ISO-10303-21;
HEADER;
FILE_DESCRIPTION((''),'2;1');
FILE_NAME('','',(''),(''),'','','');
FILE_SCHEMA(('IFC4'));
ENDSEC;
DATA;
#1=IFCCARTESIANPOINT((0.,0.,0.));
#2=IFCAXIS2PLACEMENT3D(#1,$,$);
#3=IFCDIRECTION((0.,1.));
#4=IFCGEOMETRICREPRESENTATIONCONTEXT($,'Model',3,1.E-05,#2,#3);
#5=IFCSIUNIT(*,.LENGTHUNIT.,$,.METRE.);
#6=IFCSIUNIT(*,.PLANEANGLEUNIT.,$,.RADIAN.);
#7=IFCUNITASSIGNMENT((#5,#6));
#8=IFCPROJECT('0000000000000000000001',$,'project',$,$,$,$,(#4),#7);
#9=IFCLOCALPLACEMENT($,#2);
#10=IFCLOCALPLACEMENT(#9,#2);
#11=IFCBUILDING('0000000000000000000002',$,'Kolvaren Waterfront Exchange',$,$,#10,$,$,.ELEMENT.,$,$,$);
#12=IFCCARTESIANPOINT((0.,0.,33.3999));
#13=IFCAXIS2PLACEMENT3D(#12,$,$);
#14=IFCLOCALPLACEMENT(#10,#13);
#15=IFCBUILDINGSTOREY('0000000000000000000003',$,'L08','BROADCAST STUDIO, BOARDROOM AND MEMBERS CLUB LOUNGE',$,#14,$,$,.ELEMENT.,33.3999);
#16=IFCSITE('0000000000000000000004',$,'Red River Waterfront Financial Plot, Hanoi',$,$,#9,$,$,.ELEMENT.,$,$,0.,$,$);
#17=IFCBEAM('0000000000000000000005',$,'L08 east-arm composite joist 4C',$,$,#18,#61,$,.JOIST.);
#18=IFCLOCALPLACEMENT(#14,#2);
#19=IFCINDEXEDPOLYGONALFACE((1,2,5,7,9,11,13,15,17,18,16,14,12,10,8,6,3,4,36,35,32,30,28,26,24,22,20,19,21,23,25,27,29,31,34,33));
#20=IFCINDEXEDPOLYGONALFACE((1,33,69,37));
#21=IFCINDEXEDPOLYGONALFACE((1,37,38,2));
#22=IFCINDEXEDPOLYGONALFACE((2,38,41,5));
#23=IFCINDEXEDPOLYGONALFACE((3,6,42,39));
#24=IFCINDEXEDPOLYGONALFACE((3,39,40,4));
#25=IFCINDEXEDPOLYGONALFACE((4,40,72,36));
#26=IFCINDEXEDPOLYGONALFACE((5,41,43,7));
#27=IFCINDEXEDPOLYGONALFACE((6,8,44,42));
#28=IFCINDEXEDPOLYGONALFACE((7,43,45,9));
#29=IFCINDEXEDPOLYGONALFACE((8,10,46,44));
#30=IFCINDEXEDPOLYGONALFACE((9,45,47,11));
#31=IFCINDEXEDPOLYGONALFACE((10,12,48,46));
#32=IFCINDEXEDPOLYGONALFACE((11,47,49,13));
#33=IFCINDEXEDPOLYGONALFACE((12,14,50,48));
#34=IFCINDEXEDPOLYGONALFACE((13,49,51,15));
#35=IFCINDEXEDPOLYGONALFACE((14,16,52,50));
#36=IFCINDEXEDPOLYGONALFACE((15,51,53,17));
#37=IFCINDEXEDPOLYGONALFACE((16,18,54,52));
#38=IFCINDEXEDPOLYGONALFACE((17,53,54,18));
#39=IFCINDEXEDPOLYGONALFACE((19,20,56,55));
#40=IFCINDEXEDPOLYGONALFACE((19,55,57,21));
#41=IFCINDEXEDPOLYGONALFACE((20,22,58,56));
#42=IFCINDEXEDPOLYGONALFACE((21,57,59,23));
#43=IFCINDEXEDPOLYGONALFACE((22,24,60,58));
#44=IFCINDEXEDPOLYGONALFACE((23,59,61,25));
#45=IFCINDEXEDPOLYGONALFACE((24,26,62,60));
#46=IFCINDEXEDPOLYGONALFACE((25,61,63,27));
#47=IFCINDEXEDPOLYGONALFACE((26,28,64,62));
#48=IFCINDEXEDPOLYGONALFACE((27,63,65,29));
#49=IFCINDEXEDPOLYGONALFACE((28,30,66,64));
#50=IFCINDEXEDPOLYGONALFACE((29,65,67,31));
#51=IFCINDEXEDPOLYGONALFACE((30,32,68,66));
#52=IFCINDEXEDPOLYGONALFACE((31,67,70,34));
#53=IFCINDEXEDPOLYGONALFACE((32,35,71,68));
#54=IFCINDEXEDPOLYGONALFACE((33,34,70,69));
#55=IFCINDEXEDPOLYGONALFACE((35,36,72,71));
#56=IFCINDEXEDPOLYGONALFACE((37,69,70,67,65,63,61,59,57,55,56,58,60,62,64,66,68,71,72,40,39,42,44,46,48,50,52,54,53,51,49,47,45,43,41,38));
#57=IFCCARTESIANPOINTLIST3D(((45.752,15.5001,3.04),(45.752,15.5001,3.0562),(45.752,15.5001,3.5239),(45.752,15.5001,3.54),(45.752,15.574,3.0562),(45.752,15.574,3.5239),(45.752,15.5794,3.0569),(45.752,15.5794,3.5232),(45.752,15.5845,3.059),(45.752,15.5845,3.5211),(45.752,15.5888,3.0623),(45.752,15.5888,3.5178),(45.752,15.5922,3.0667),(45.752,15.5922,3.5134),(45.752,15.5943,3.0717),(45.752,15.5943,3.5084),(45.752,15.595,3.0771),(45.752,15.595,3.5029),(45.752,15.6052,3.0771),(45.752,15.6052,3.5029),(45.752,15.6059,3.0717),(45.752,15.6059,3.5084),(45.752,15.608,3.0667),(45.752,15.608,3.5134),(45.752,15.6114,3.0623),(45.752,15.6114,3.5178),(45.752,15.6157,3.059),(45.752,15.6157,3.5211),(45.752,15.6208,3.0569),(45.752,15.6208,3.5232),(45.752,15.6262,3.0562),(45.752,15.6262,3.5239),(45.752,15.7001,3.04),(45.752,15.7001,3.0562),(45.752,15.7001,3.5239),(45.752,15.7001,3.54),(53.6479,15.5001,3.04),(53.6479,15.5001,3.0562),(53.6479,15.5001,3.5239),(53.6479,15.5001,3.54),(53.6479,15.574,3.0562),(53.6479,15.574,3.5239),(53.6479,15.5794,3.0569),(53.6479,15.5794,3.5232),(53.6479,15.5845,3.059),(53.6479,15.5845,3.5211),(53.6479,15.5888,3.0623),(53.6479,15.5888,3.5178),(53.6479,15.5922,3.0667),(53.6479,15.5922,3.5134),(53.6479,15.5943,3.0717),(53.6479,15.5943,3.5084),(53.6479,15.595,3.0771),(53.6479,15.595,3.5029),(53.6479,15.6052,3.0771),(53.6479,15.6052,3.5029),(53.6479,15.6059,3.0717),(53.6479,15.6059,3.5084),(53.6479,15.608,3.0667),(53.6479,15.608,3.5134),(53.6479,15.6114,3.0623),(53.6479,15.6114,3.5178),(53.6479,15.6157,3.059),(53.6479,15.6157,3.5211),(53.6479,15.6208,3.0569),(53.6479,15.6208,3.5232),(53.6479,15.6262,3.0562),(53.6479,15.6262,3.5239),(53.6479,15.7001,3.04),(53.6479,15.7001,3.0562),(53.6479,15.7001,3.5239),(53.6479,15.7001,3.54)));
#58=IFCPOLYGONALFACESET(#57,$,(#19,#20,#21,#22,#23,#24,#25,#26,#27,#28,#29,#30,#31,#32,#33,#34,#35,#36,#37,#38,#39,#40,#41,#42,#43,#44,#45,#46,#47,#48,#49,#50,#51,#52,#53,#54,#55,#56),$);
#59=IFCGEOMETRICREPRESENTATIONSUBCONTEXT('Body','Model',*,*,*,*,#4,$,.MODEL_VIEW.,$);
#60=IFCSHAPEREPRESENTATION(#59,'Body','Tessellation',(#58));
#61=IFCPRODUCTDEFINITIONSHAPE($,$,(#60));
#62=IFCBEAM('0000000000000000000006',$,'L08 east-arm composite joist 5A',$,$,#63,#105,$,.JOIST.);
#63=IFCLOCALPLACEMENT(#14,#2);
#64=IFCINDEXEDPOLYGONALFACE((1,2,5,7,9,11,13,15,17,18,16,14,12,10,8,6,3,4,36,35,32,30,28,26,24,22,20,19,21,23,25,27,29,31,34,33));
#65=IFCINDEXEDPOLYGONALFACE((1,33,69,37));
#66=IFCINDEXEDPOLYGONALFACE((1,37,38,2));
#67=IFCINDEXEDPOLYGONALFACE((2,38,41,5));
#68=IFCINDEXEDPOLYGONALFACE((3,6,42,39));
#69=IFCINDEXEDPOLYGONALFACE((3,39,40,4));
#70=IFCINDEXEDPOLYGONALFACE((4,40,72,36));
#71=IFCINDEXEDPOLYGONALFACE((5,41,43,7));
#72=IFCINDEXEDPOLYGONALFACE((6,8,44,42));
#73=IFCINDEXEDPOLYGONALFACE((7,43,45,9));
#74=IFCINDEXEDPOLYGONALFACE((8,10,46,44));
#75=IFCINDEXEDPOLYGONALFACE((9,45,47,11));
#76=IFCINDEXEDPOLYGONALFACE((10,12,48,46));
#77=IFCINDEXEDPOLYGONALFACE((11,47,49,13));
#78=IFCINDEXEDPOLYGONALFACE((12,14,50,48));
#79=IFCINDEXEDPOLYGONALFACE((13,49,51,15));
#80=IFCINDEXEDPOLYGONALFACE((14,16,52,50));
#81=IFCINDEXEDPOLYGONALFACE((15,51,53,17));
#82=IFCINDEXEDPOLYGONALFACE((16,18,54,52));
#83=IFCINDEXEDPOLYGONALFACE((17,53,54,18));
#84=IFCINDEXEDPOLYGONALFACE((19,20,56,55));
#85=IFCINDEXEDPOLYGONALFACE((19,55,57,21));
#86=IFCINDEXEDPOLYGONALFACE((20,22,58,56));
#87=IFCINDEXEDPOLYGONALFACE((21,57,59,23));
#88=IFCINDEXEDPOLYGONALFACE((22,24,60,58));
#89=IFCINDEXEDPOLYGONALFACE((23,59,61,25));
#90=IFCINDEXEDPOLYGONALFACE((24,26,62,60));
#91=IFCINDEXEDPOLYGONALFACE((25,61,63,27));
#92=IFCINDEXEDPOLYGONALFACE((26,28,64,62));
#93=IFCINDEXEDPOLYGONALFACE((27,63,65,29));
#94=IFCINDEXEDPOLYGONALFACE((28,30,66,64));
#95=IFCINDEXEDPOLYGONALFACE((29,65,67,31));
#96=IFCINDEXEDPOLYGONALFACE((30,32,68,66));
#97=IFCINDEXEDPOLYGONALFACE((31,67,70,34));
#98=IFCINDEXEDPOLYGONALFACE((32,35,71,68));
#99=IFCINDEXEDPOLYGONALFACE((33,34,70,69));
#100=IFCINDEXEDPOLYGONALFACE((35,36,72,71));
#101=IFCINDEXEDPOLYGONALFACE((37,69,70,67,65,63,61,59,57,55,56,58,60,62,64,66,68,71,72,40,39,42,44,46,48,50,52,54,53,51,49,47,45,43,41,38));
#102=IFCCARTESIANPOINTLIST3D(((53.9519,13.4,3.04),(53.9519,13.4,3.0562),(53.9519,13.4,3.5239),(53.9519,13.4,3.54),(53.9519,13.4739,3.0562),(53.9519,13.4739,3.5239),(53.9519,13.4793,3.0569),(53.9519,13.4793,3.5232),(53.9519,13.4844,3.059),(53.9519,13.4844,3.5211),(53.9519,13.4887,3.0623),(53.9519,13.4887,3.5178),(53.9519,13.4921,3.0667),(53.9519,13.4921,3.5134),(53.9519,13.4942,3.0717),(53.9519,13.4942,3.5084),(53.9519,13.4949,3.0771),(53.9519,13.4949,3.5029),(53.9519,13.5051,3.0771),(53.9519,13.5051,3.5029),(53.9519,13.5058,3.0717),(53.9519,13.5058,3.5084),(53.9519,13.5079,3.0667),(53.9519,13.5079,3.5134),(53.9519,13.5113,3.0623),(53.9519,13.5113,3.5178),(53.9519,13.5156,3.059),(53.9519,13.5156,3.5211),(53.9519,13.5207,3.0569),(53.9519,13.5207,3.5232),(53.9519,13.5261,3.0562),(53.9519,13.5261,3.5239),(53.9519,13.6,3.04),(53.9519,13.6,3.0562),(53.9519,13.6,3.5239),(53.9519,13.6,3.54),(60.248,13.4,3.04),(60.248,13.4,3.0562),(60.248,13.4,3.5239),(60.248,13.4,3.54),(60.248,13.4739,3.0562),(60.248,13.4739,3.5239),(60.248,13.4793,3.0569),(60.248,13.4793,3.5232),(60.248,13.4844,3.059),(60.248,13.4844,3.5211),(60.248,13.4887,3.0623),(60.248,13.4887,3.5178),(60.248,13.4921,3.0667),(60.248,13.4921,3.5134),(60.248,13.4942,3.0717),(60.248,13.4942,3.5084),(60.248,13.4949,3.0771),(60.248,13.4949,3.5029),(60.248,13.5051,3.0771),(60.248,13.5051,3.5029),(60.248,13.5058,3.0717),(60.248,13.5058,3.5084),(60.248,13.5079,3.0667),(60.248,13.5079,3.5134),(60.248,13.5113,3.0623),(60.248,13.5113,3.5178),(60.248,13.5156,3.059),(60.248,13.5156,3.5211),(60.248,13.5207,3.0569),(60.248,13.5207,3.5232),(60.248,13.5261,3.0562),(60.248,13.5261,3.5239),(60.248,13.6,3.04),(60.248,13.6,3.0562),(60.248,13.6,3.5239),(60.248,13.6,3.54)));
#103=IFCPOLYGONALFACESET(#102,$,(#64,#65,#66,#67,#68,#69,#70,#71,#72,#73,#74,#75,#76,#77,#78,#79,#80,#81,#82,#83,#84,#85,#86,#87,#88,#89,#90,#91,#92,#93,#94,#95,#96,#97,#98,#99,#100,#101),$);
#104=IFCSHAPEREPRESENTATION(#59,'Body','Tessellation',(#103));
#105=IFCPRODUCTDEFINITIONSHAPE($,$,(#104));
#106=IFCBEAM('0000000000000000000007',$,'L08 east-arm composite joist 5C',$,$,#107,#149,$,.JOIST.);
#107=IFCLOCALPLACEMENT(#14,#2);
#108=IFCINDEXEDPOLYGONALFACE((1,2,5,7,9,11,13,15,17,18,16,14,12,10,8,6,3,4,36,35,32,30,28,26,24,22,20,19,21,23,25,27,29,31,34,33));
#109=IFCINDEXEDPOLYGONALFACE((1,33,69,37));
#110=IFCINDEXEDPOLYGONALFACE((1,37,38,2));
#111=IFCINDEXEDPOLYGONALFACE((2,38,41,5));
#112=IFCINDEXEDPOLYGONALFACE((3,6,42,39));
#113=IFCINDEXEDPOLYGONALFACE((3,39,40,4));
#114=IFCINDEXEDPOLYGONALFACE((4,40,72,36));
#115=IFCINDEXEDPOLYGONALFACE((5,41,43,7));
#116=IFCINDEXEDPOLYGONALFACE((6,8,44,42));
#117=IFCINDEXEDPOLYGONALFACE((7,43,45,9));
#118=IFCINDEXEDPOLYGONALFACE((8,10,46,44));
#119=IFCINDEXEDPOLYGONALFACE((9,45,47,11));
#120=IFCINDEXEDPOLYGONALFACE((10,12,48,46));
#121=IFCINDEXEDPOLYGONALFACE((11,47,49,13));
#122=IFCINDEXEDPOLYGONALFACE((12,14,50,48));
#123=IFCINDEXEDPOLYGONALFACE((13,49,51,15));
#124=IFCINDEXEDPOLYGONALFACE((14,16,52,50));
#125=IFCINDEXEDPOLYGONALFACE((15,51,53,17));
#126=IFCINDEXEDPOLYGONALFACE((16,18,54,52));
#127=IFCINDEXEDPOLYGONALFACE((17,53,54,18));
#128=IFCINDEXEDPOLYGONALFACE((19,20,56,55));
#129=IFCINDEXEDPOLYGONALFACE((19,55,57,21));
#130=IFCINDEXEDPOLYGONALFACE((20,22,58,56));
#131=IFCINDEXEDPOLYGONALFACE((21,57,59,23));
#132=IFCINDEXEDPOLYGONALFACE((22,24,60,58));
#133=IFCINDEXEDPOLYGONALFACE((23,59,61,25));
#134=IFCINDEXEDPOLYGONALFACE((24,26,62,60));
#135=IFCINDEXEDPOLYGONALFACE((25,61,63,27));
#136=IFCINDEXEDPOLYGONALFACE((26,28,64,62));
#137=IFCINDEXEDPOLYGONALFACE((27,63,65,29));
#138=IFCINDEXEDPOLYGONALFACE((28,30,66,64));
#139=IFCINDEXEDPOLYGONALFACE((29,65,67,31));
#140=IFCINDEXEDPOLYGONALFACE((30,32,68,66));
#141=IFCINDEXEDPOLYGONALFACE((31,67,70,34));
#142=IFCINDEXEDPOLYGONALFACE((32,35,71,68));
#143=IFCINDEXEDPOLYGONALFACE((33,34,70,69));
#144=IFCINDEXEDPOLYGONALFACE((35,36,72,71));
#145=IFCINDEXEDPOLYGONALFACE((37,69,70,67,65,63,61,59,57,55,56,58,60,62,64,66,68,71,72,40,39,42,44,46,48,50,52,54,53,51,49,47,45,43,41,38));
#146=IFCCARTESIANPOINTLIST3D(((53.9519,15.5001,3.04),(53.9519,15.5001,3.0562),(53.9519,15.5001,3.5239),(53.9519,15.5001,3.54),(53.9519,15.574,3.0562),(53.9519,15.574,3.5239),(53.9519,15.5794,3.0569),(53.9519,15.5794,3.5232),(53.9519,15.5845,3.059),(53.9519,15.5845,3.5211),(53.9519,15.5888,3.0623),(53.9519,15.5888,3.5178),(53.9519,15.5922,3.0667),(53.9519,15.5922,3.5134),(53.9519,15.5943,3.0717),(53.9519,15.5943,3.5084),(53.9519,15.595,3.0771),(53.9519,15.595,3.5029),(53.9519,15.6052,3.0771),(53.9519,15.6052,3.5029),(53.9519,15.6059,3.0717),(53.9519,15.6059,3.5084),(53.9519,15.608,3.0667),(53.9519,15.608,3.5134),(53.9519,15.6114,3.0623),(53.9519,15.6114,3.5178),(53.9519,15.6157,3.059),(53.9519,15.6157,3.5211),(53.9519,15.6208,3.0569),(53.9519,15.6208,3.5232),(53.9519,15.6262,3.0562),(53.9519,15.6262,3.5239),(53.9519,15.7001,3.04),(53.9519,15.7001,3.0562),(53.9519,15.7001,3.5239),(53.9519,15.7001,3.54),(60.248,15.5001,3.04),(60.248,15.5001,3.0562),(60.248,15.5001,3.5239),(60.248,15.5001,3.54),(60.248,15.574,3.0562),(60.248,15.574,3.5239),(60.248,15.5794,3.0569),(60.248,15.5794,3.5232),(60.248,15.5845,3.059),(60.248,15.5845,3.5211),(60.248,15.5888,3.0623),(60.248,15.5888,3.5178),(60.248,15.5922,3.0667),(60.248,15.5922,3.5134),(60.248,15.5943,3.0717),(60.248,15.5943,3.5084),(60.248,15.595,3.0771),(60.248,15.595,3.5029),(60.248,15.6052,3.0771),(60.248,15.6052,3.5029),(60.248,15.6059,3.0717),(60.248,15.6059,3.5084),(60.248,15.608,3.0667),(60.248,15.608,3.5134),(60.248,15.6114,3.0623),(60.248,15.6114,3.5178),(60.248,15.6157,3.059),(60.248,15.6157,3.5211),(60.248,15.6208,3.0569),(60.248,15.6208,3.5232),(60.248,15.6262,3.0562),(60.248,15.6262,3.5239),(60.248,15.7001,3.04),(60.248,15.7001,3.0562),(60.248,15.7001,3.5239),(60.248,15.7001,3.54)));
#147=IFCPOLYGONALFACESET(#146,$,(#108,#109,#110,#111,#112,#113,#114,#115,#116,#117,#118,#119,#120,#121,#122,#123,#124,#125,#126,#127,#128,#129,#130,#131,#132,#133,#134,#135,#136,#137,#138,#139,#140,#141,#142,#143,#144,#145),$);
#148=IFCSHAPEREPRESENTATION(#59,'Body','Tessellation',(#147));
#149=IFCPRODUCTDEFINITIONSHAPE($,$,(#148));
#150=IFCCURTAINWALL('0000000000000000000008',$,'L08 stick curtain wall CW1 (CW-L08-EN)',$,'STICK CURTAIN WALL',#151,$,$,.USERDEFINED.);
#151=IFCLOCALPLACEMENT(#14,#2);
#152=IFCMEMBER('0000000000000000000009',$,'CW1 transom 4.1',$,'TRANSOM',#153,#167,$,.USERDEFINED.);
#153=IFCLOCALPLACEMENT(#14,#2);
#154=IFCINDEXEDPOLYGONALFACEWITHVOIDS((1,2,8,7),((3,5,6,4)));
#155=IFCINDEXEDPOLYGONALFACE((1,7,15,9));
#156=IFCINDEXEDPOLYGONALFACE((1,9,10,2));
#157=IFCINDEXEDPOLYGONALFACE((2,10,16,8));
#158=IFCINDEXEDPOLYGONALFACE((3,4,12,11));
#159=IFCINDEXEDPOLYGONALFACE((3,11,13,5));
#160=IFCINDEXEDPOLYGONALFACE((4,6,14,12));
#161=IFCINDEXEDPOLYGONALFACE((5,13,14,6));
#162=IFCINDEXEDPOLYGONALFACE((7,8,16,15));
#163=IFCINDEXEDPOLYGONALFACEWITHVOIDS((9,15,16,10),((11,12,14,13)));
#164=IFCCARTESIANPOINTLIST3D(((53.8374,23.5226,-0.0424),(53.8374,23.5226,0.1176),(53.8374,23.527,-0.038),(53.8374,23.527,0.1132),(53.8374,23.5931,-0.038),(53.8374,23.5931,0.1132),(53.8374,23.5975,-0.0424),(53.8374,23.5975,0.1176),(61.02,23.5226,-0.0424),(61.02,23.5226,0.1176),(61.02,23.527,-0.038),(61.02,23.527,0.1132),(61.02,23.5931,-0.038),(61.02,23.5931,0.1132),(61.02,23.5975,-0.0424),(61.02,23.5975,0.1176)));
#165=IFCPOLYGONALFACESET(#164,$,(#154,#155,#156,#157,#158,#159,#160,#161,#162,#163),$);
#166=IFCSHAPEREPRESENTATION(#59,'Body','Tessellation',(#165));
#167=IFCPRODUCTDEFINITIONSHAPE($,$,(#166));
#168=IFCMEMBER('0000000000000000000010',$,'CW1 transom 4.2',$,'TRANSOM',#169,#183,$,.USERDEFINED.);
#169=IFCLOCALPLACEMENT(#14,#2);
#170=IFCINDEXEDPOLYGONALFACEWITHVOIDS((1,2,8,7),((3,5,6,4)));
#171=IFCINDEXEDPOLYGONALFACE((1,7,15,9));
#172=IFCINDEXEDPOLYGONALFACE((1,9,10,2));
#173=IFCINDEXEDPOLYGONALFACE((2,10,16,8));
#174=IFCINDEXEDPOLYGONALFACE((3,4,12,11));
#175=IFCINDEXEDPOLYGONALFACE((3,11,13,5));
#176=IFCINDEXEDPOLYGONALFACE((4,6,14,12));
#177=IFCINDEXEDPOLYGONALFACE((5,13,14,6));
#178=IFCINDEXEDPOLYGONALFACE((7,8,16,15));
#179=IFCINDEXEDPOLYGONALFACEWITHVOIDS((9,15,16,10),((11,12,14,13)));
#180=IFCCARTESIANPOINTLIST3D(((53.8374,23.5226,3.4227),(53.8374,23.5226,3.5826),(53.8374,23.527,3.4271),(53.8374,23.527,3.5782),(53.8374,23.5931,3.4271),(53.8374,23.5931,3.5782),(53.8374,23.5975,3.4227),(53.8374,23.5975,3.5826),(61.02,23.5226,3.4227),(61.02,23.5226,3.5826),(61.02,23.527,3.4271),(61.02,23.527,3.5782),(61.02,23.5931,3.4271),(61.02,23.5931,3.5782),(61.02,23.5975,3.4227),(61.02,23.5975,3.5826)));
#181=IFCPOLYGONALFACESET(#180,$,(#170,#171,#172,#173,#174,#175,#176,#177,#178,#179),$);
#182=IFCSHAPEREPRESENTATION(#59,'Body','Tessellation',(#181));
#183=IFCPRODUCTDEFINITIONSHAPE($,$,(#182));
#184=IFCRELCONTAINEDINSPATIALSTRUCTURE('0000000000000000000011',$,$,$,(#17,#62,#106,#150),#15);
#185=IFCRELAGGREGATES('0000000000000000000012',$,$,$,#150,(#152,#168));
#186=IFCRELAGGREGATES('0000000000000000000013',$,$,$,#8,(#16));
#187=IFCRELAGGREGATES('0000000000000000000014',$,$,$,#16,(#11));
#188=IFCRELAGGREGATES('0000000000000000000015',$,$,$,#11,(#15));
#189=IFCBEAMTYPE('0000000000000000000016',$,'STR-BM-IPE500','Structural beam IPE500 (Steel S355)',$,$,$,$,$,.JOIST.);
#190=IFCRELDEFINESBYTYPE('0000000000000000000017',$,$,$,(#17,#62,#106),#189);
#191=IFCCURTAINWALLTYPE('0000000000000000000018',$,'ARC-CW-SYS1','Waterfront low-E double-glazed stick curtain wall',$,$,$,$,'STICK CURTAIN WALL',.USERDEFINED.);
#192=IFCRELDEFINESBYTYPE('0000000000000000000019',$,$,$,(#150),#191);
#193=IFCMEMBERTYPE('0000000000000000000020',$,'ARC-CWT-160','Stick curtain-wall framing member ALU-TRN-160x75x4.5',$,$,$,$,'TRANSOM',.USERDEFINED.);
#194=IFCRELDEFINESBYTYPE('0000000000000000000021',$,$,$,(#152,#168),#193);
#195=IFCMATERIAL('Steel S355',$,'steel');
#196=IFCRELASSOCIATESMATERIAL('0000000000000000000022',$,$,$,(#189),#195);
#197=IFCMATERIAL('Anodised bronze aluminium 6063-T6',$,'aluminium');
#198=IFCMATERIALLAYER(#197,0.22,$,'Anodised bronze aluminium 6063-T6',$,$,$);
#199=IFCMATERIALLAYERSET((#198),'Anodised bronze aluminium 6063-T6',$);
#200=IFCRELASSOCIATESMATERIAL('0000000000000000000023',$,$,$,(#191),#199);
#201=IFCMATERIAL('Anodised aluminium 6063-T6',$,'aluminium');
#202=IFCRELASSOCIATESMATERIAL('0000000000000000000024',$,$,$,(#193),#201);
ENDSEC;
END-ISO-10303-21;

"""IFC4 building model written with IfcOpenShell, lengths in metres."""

from ifc_helpers import new_model, si_unit, direction, frame, origin, origin_with_axes, origin_2d, place, context, subcontext, project, spatial, hollow_rectangle, i_section, extrude, source, transform, mapped, material, layer, layer_set, material_profile, profile_set, type_object, element, aggregate, save


model = new_model("IFC4")

# Units and contexts
model_context = context("Model", 3, precision=1e-05, world=origin(), true_north=direction((0.0, 1.0)))
body_context = subcontext(model_context, "Body", "Model", "MODEL_VIEW")
ifc_project = project(units=[si_unit("LENGTHUNIT", "METRE"), si_unit("PLANEANGLEUNIT", "RADIAN")], contexts=[model_context])

# Site, building, storey
site_placement = place(None, origin())
site = spatial("IfcSite", under=ifc_project, at=site_placement, Name="Red River Waterfront Financial Plot, Hanoi", CompositionType="ELEMENT", RefElevation=0.0)
building_placement = place(site_placement, origin())
building = spatial("IfcBuilding", under=site, at=building_placement, Name="Kolvaren Waterfront Exchange", CompositionType="ELEMENT")
storey_placement = place(building_placement, frame((0.0, 0.0, 33.3999)))
storey = spatial("IfcBuildingStorey", under=building, at=storey_placement, Name="L08", Description="BROADCAST STUDIO, BOARDROOM AND MEMBERS CLUB LOUNGE", CompositionType="ELEMENT", Elevation=33.3999)

# Beams
ifc_material_1 = material(Name="Steel S355", Category="steel")
ifc_material_profile_1 = material_profile(ifc_material_1, i_section(OverallWidth=0.2, OverallDepth=0.5, WebThickness=0.0103, FlangeThickness=0.0161, FilletRadius=0.021, at=origin_2d()), Name="IPE500")
ifc_profile_set_1 = profile_set([ifc_material_profile_1], Name="Steel S355")
beam_type_1 = type_object("IfcBeamType", Name="STR-BM-IPE500", Description="Structural beam IPE500 (Steel S355)", PredefinedType="JOIST", material=ifc_profile_set_1)
for number, where, z_axis, x_axis, name in (
    (1, (45.752, 15.6001, 3.29), (1.0, 0.0, 0.0), (0.0, 1.0, 0.0), "L08 east-arm composite joist 4C"),
):
    element("IfcBeam", number, at=place(storey_placement, frame(where, z_axis=z_axis, x_axis=x_axis)), inside=storey, type_object=beam_type_1, Name=name, PredefinedType="JOIST", context=body_context, shape_type="SweptSolid", body=[
        extrude(i_section(OverallWidth=0.2, OverallDepth=0.5, WebThickness=0.0103, FlangeThickness=0.0161, FilletRadius=0.021, at=origin_2d()), origin(), (0.0, 0.0, 1.0), 7.896),
    ])
for number, where, z_axis, x_axis, name in (
    (2, (53.9519, 13.5, 3.29), (1.0, 0.0, 0.0), (0.0, 1.0, 0.0), "L08 east-arm composite joist 5A"),
    (3, (53.9519, 15.6001, 3.29), (1.0, 0.0, 0.0), (0.0, 1.0, 0.0), "L08 east-arm composite joist 5C"),
):
    element("IfcBeam", number, at=place(storey_placement, frame(where, z_axis=z_axis, x_axis=x_axis)), inside=storey, type_object=beam_type_1, Name=name, PredefinedType="JOIST", context=body_context, shape_type="SweptSolid", body=[
        extrude(i_section(OverallWidth=0.2, OverallDepth=0.5, WebThickness=0.0103, FlangeThickness=0.0161, FilletRadius=0.021, at=origin_2d()), origin(), (0.0, 0.0, 1.0), 6.2961),
    ])

# Curtain wall, members
ifc_material_2 = material(Name="Anodised bronze aluminium 6063-T6", Category="aluminium")
ifc_layer_1 = layer(ifc_material_2, 0.22, Name="Anodised bronze aluminium 6063-T6")
ifc_layer_set_1 = layer_set([ifc_layer_1], Name="Anodised bronze aluminium 6063-T6")
curtain_wall_type = type_object("IfcCurtainWallType", Name="ARC-CW-SYS1", Description="Waterfront low-E double-glazed stick curtain wall", ElementType="STICK CURTAIN WALL", PredefinedType="USERDEFINED", material=ifc_layer_set_1)
curtain_wall_placement = place(storey_placement, origin())
curtain_wall = element("IfcCurtainWall", 4, at=curtain_wall_placement, inside=storey, type_object=curtain_wall_type, Name="L08 stick curtain wall CW1 (CW-L08-EN)", ObjectType="STICK CURTAIN WALL", PredefinedType="USERDEFINED")
ifc_material_3 = material(Name="Anodised aluminium 6063-T6", Category="aluminium")
ifc_material_profile_2 = material_profile(ifc_material_3, hollow_rectangle(XDim=0.075, YDim=0.1599, WallThickness=0.0044, at=origin_2d()), Name="ALU-TRN-160x75x4.5")
ifc_profile_set_2 = profile_set([ifc_material_profile_2], Name="Anodised aluminium 6063-T6")
member_type_1 = type_object("IfcMemberType", Name="ARC-CWT-160", Description="Stick curtain-wall framing member ALU-TRN-160x75x4.5", ElementType="TRANSOM", PredefinedType="USERDEFINED", material=ifc_profile_set_2)
shared_shape_1 = source(origin_with_axes(), body_context, "Body", "SweptSolid", [
    extrude(hollow_rectangle(XDim=0.075, YDim=0.1599, WallThickness=0.0044, at=origin_2d()), origin(), (0.0, 0.0, 1.0), 7.1826),
])
member_1_placement = place(storey_placement, frame((53.8374, 23.5601, 0.0376), z_axis=(1.0, 0.0, 0.0), x_axis=(0.0, 1.0, 0.0)))
member_1 = element("IfcMember", 5, at=member_1_placement, type_object=member_type_1, Name="CW1 transom 4.1", ObjectType="TRANSOM", PredefinedType="USERDEFINED", context=body_context, shape_type="MappedRepresentation", body=[
    mapped(shared_shape_1, transform((0.0, 0.0, 0.0), x_axis=(1.0, 0.0, 0.0), y_axis=(0.0, 1.0, 0.0), z_axis=(0.0, 0.0, 1.0), scale=1.0)),
])
member_2_placement = place(storey_placement, frame((53.8374, 23.5601, 3.5027), z_axis=(1.0, 0.0, 0.0), x_axis=(0.0, 1.0, 0.0)))
member_2 = element("IfcMember", 6, at=member_2_placement, type_object=member_type_1, Name="CW1 transom 4.2", ObjectType="TRANSOM", PredefinedType="USERDEFINED", context=body_context, shape_type="MappedRepresentation", body=[
    mapped(shared_shape_1, transform((0.0, 0.0, 0.0), x_axis=(1.0, 0.0, 0.0), y_axis=(0.0, 1.0, 0.0), z_axis=(0.0, 0.0, 1.0), scale=1.0)),
])
aggregate(curtain_wall, [member_1, member_2])

save(model, "model.ifc")
